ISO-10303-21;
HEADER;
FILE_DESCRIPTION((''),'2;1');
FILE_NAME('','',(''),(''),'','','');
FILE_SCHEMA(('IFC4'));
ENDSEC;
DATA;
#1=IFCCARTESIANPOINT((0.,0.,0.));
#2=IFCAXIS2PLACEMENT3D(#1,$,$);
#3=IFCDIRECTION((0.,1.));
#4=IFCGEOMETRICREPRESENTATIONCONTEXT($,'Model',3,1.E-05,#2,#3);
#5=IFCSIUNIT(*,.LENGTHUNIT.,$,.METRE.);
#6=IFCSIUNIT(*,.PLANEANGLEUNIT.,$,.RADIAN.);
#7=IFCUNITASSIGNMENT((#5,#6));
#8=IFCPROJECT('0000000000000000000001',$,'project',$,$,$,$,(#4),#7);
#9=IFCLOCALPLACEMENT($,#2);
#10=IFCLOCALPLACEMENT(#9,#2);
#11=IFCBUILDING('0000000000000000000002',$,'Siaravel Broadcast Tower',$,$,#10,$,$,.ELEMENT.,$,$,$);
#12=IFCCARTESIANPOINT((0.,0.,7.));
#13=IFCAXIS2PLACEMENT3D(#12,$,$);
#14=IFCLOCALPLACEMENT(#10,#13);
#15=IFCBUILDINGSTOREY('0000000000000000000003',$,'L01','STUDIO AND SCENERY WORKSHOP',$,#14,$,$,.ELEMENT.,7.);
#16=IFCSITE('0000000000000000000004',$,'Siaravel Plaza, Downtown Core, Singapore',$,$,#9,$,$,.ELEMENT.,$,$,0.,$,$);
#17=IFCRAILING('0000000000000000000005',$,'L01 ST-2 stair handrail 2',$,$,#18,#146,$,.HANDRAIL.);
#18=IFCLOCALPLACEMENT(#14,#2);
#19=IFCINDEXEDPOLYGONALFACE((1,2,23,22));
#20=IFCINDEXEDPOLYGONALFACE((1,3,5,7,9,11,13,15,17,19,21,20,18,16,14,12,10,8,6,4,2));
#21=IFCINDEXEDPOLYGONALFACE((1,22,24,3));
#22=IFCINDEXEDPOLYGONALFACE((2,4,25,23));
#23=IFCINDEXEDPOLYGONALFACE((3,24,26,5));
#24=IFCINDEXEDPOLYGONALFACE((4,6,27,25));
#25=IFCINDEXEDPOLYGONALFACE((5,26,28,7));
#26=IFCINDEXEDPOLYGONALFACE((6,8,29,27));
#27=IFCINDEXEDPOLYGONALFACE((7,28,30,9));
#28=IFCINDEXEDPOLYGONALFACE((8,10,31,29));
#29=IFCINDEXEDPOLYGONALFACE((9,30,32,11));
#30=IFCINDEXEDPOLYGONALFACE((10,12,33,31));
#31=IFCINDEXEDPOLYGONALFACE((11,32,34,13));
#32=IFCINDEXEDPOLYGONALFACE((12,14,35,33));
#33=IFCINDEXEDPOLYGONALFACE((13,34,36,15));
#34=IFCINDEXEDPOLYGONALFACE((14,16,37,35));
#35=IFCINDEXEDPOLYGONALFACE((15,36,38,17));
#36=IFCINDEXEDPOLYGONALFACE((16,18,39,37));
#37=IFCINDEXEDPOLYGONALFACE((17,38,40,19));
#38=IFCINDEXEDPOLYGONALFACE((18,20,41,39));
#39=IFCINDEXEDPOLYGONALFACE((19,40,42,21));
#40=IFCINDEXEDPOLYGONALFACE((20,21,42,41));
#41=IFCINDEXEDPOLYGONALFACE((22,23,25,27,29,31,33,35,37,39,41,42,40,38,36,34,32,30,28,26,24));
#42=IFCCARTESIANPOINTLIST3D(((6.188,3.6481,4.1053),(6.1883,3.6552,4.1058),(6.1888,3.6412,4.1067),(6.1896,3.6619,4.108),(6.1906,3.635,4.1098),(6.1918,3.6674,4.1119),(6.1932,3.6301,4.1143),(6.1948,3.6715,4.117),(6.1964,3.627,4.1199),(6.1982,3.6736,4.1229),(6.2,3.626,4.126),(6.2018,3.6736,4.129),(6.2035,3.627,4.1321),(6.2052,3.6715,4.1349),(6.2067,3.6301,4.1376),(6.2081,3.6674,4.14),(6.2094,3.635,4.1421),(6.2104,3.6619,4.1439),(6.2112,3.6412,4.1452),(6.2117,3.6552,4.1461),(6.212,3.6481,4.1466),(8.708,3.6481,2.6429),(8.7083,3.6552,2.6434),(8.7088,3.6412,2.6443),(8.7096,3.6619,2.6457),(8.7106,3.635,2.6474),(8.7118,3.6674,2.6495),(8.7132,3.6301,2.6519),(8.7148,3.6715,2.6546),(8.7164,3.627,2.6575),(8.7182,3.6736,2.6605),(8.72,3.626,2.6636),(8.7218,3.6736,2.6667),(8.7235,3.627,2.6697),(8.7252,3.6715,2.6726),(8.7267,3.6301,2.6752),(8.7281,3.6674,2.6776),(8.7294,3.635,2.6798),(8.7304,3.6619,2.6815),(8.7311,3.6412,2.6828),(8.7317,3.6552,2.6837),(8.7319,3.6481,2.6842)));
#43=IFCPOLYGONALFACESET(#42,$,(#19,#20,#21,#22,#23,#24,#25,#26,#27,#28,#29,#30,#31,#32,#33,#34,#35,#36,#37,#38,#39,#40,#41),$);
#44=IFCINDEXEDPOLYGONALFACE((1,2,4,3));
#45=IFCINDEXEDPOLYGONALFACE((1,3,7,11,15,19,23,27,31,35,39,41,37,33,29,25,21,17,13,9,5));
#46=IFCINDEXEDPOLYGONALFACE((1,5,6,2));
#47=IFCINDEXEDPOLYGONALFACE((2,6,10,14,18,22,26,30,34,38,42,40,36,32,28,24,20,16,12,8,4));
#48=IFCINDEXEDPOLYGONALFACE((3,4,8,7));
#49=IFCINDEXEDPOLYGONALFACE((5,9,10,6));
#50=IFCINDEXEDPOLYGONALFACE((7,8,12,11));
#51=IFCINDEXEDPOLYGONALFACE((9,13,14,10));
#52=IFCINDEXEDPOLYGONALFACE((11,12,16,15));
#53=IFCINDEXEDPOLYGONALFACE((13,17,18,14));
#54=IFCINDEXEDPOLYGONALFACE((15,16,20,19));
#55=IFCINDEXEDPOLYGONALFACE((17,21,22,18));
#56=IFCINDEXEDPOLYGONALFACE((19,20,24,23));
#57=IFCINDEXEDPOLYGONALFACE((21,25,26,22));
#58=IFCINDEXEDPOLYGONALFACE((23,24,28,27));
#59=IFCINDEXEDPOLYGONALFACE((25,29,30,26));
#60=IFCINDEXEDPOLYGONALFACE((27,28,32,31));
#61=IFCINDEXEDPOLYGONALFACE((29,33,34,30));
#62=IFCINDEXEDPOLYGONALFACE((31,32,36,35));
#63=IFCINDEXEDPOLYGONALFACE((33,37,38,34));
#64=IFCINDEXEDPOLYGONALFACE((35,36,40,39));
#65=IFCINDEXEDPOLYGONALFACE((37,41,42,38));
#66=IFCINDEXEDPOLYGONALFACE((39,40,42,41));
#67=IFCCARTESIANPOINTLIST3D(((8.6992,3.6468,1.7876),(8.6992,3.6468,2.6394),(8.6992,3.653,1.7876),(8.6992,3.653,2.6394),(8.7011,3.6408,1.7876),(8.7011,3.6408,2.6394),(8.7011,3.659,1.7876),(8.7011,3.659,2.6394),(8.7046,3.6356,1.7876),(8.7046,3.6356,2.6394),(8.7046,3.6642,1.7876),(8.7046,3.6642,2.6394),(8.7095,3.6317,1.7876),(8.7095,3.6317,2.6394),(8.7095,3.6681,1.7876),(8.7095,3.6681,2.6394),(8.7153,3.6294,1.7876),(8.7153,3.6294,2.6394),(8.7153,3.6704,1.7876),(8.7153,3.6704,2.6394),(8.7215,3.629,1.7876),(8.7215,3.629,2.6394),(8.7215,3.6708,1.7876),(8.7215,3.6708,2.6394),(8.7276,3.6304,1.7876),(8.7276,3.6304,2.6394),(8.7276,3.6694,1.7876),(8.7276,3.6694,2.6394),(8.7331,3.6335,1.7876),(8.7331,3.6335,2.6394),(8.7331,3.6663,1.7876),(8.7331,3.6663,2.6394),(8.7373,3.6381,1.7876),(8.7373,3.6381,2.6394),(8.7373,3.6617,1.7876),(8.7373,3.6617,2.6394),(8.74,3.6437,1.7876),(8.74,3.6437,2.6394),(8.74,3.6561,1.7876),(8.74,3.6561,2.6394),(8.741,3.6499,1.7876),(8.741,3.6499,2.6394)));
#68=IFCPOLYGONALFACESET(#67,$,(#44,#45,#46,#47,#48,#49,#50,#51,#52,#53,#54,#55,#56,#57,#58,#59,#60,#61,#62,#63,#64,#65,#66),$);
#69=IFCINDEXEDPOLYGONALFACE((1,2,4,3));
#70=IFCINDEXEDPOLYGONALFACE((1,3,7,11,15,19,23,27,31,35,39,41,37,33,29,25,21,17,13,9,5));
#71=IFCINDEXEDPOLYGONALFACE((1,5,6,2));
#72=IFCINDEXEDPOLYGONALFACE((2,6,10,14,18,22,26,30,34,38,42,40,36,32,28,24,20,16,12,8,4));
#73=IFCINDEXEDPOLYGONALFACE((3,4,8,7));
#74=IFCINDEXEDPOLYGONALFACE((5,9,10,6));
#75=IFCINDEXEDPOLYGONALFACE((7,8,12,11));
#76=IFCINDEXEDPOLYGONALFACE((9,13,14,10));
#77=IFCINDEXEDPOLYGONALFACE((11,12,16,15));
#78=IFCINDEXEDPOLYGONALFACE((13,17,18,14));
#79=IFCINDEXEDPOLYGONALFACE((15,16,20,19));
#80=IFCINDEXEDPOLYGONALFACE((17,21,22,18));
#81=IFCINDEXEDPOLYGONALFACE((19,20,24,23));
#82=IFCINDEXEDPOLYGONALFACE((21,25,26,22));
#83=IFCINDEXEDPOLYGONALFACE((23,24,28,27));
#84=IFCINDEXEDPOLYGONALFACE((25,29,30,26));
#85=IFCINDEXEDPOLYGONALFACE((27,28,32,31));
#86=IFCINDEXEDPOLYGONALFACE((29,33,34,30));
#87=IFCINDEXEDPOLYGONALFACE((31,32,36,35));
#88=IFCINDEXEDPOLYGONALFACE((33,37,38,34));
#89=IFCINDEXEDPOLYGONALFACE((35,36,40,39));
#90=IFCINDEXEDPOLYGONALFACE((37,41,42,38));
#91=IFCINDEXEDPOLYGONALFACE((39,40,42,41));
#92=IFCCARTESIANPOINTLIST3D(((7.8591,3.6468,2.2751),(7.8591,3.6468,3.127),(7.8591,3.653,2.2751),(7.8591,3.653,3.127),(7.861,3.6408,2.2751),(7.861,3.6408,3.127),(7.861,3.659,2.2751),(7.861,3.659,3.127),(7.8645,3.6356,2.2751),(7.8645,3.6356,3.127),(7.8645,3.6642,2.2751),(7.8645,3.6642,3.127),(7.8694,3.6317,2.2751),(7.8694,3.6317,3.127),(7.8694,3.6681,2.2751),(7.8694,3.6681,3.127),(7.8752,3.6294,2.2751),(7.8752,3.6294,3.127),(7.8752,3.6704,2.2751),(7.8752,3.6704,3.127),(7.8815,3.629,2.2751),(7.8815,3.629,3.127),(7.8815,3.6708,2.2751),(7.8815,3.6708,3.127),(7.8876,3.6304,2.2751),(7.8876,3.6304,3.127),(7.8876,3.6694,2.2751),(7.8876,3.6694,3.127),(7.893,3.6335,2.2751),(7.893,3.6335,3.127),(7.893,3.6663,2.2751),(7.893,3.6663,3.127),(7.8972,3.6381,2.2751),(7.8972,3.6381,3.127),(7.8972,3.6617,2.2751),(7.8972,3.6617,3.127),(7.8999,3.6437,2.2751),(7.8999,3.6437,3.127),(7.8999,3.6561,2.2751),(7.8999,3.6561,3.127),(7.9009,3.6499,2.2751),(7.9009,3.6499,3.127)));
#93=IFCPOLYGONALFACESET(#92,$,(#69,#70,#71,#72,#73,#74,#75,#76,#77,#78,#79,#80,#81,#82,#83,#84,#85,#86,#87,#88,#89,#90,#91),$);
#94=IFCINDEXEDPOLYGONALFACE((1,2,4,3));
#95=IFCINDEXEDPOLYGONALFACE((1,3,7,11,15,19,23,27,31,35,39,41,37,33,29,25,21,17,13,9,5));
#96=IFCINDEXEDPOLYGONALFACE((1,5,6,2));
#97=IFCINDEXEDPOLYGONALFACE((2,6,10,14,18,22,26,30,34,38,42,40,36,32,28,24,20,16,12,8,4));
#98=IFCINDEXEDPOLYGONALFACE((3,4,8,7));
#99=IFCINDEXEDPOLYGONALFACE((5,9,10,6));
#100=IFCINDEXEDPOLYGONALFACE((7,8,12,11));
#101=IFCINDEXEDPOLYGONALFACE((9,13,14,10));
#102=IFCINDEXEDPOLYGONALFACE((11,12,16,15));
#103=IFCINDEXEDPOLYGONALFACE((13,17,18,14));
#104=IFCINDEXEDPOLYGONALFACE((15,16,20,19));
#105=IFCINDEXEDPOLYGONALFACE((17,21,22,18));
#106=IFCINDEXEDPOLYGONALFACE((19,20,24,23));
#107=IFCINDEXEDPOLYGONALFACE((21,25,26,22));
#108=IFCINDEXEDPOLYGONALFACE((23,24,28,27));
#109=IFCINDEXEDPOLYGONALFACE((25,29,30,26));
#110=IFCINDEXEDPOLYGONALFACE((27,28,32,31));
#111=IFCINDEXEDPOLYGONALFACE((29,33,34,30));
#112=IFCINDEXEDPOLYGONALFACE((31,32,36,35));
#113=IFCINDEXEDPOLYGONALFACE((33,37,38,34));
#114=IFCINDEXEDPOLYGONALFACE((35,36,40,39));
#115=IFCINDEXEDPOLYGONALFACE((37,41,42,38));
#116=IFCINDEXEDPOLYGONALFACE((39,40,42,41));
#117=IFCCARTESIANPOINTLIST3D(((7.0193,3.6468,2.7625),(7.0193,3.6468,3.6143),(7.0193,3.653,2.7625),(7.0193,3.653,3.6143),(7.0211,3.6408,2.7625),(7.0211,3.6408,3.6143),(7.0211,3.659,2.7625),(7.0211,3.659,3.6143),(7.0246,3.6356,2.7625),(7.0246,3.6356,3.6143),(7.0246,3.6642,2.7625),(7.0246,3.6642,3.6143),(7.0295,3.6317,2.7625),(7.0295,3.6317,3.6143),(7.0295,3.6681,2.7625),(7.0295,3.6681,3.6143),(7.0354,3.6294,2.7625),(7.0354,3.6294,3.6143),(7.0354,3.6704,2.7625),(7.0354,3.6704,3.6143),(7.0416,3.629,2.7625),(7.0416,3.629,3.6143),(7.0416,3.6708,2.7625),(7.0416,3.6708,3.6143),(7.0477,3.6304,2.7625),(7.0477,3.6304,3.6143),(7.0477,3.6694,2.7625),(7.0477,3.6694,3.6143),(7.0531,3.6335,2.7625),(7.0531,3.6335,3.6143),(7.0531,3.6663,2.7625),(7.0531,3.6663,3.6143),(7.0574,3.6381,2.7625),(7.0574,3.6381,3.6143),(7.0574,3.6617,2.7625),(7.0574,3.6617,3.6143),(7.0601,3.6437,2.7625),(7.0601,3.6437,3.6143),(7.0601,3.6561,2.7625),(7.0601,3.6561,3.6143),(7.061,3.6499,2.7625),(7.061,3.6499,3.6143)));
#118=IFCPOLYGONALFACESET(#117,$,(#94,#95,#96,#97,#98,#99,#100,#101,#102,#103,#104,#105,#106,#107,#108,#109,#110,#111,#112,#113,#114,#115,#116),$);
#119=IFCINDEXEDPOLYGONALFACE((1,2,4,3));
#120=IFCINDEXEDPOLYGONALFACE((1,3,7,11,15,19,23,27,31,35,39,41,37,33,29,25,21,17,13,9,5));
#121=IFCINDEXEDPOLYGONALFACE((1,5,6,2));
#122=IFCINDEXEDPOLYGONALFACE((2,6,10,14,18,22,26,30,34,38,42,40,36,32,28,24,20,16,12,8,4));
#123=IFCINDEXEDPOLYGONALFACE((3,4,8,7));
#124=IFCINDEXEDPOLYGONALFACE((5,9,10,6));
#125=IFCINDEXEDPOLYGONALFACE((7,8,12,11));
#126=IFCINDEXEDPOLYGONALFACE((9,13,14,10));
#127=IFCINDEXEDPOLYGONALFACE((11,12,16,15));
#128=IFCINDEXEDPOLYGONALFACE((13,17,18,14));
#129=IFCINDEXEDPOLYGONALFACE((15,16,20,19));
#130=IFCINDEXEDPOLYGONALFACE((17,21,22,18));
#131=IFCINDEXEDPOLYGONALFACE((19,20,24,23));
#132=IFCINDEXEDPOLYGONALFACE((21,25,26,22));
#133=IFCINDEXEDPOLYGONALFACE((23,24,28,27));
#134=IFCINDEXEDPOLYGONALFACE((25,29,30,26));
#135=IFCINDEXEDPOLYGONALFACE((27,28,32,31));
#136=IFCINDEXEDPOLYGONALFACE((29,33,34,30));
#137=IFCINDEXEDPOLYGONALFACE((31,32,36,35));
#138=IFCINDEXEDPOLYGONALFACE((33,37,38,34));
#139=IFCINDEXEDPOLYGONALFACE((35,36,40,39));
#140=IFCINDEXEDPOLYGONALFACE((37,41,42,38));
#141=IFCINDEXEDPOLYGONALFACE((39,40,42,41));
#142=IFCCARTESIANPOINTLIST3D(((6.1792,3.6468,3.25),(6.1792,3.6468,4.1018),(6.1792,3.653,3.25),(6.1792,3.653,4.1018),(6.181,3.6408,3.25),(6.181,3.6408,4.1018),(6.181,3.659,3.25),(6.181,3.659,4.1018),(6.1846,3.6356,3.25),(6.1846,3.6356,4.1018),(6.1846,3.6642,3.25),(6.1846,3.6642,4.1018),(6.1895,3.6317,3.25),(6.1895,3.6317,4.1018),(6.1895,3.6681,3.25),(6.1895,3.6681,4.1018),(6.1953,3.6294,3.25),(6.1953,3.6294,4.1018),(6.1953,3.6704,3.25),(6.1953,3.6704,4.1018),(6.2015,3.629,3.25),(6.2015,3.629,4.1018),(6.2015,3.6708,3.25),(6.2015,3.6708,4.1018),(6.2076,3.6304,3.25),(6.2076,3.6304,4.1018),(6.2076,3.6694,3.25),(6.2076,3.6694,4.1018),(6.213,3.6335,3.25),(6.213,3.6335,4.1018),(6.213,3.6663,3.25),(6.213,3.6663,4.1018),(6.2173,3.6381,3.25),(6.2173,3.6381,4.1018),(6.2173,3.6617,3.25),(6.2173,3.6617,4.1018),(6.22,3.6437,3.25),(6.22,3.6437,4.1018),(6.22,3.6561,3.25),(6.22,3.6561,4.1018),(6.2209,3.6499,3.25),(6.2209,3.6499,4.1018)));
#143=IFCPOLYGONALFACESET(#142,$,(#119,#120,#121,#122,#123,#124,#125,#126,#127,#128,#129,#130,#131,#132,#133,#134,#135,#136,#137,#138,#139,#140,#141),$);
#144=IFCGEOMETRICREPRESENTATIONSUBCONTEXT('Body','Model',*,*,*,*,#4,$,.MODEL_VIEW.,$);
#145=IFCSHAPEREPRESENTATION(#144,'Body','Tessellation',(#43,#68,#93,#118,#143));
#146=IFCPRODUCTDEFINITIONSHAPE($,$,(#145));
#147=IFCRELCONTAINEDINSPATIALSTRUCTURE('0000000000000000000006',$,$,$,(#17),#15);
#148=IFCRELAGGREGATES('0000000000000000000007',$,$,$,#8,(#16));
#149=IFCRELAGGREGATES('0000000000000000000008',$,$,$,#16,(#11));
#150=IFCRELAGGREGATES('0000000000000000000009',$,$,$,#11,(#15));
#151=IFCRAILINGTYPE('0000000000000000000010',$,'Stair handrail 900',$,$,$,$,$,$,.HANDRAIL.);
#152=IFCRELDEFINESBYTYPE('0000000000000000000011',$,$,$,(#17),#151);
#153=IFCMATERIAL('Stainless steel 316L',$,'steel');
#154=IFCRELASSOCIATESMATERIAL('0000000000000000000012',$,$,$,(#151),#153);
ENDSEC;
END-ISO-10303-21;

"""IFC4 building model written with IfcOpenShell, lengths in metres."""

from ifc_helpers import new_model, si_unit, direction, frame, origin, origin_2d, place, context, subcontext, project, spatial, circle, extrude, material, type_object, element, save


model = new_model("IFC4")

# Units and contexts
model_context = context("Model", 3, precision=1e-05, world=origin(), true_north=direction((0.0, 1.0)))
body_context = subcontext(model_context, "Body", "Model", "MODEL_VIEW")
ifc_project = project(units=[si_unit("LENGTHUNIT", "METRE"), si_unit("PLANEANGLEUNIT", "RADIAN")], contexts=[model_context])

# Site, building, storey
site_placement = place(None, origin())
site = spatial("IfcSite", under=ifc_project, at=site_placement, Name="Siaravel Plaza, Downtown Core, Singapore", CompositionType="ELEMENT", RefElevation=0.0)
building_placement = place(site_placement, origin())
building = spatial("IfcBuilding", under=site, at=building_placement, Name="Siaravel Broadcast Tower", CompositionType="ELEMENT")
storey_placement = place(building_placement, frame((0.0, 0.0, 7.0)))
storey = spatial("IfcBuildingStorey", under=building, at=storey_placement, Name="L01", Description="STUDIO AND SCENERY WORKSHOP", CompositionType="ELEMENT", Elevation=7.0)

# Railing
ifc_material_1 = material(Name="Stainless steel 316L", Category="steel")
railing_type_1 = type_object("IfcRailingType", Name="Stair handrail 900", PredefinedType="HANDRAIL", material=ifc_material_1)
railing_1_placement = place(storey_placement, frame((8.72, 3.6499, 1.7876)))
element("IfcRailing", 1, at=railing_1_placement, inside=storey, type_object=railing_type_1, Name="L01 ST-2 stair handrail 2", PredefinedType="HANDRAIL", context=body_context, shape_type="SweptSolid", body=[
    extrude(circle(Radius=0.0239, at=origin_2d()), frame((0.0, 0.0, 0.876), z_axis=(-0.864913, 0.0, 0.501921), x_axis=(0.0, -1.0, 0.0)), (0.0, 0.0, 1.0), 2.9136),
    extrude(circle(Radius=0.021, at=origin_2d()), origin(), (0.0, 0.0, 1.0), 0.8518),
    extrude(circle(Radius=0.021, at=origin_2d()), frame((-0.8401, 0.0, 0.4875)), (0.0, 0.0, 1.0), 0.8518),
    extrude(circle(Radius=0.021, at=origin_2d()), frame((-1.6799, 0.0, 0.9749)), (0.0, 0.0, 1.0), 0.8518),
    extrude(circle(Radius=0.021, at=origin_2d()), frame((-2.52, 0.0, 1.4624)), (0.0, 0.0, 1.0), 0.8518),
])

save(model, "model.ifc")
